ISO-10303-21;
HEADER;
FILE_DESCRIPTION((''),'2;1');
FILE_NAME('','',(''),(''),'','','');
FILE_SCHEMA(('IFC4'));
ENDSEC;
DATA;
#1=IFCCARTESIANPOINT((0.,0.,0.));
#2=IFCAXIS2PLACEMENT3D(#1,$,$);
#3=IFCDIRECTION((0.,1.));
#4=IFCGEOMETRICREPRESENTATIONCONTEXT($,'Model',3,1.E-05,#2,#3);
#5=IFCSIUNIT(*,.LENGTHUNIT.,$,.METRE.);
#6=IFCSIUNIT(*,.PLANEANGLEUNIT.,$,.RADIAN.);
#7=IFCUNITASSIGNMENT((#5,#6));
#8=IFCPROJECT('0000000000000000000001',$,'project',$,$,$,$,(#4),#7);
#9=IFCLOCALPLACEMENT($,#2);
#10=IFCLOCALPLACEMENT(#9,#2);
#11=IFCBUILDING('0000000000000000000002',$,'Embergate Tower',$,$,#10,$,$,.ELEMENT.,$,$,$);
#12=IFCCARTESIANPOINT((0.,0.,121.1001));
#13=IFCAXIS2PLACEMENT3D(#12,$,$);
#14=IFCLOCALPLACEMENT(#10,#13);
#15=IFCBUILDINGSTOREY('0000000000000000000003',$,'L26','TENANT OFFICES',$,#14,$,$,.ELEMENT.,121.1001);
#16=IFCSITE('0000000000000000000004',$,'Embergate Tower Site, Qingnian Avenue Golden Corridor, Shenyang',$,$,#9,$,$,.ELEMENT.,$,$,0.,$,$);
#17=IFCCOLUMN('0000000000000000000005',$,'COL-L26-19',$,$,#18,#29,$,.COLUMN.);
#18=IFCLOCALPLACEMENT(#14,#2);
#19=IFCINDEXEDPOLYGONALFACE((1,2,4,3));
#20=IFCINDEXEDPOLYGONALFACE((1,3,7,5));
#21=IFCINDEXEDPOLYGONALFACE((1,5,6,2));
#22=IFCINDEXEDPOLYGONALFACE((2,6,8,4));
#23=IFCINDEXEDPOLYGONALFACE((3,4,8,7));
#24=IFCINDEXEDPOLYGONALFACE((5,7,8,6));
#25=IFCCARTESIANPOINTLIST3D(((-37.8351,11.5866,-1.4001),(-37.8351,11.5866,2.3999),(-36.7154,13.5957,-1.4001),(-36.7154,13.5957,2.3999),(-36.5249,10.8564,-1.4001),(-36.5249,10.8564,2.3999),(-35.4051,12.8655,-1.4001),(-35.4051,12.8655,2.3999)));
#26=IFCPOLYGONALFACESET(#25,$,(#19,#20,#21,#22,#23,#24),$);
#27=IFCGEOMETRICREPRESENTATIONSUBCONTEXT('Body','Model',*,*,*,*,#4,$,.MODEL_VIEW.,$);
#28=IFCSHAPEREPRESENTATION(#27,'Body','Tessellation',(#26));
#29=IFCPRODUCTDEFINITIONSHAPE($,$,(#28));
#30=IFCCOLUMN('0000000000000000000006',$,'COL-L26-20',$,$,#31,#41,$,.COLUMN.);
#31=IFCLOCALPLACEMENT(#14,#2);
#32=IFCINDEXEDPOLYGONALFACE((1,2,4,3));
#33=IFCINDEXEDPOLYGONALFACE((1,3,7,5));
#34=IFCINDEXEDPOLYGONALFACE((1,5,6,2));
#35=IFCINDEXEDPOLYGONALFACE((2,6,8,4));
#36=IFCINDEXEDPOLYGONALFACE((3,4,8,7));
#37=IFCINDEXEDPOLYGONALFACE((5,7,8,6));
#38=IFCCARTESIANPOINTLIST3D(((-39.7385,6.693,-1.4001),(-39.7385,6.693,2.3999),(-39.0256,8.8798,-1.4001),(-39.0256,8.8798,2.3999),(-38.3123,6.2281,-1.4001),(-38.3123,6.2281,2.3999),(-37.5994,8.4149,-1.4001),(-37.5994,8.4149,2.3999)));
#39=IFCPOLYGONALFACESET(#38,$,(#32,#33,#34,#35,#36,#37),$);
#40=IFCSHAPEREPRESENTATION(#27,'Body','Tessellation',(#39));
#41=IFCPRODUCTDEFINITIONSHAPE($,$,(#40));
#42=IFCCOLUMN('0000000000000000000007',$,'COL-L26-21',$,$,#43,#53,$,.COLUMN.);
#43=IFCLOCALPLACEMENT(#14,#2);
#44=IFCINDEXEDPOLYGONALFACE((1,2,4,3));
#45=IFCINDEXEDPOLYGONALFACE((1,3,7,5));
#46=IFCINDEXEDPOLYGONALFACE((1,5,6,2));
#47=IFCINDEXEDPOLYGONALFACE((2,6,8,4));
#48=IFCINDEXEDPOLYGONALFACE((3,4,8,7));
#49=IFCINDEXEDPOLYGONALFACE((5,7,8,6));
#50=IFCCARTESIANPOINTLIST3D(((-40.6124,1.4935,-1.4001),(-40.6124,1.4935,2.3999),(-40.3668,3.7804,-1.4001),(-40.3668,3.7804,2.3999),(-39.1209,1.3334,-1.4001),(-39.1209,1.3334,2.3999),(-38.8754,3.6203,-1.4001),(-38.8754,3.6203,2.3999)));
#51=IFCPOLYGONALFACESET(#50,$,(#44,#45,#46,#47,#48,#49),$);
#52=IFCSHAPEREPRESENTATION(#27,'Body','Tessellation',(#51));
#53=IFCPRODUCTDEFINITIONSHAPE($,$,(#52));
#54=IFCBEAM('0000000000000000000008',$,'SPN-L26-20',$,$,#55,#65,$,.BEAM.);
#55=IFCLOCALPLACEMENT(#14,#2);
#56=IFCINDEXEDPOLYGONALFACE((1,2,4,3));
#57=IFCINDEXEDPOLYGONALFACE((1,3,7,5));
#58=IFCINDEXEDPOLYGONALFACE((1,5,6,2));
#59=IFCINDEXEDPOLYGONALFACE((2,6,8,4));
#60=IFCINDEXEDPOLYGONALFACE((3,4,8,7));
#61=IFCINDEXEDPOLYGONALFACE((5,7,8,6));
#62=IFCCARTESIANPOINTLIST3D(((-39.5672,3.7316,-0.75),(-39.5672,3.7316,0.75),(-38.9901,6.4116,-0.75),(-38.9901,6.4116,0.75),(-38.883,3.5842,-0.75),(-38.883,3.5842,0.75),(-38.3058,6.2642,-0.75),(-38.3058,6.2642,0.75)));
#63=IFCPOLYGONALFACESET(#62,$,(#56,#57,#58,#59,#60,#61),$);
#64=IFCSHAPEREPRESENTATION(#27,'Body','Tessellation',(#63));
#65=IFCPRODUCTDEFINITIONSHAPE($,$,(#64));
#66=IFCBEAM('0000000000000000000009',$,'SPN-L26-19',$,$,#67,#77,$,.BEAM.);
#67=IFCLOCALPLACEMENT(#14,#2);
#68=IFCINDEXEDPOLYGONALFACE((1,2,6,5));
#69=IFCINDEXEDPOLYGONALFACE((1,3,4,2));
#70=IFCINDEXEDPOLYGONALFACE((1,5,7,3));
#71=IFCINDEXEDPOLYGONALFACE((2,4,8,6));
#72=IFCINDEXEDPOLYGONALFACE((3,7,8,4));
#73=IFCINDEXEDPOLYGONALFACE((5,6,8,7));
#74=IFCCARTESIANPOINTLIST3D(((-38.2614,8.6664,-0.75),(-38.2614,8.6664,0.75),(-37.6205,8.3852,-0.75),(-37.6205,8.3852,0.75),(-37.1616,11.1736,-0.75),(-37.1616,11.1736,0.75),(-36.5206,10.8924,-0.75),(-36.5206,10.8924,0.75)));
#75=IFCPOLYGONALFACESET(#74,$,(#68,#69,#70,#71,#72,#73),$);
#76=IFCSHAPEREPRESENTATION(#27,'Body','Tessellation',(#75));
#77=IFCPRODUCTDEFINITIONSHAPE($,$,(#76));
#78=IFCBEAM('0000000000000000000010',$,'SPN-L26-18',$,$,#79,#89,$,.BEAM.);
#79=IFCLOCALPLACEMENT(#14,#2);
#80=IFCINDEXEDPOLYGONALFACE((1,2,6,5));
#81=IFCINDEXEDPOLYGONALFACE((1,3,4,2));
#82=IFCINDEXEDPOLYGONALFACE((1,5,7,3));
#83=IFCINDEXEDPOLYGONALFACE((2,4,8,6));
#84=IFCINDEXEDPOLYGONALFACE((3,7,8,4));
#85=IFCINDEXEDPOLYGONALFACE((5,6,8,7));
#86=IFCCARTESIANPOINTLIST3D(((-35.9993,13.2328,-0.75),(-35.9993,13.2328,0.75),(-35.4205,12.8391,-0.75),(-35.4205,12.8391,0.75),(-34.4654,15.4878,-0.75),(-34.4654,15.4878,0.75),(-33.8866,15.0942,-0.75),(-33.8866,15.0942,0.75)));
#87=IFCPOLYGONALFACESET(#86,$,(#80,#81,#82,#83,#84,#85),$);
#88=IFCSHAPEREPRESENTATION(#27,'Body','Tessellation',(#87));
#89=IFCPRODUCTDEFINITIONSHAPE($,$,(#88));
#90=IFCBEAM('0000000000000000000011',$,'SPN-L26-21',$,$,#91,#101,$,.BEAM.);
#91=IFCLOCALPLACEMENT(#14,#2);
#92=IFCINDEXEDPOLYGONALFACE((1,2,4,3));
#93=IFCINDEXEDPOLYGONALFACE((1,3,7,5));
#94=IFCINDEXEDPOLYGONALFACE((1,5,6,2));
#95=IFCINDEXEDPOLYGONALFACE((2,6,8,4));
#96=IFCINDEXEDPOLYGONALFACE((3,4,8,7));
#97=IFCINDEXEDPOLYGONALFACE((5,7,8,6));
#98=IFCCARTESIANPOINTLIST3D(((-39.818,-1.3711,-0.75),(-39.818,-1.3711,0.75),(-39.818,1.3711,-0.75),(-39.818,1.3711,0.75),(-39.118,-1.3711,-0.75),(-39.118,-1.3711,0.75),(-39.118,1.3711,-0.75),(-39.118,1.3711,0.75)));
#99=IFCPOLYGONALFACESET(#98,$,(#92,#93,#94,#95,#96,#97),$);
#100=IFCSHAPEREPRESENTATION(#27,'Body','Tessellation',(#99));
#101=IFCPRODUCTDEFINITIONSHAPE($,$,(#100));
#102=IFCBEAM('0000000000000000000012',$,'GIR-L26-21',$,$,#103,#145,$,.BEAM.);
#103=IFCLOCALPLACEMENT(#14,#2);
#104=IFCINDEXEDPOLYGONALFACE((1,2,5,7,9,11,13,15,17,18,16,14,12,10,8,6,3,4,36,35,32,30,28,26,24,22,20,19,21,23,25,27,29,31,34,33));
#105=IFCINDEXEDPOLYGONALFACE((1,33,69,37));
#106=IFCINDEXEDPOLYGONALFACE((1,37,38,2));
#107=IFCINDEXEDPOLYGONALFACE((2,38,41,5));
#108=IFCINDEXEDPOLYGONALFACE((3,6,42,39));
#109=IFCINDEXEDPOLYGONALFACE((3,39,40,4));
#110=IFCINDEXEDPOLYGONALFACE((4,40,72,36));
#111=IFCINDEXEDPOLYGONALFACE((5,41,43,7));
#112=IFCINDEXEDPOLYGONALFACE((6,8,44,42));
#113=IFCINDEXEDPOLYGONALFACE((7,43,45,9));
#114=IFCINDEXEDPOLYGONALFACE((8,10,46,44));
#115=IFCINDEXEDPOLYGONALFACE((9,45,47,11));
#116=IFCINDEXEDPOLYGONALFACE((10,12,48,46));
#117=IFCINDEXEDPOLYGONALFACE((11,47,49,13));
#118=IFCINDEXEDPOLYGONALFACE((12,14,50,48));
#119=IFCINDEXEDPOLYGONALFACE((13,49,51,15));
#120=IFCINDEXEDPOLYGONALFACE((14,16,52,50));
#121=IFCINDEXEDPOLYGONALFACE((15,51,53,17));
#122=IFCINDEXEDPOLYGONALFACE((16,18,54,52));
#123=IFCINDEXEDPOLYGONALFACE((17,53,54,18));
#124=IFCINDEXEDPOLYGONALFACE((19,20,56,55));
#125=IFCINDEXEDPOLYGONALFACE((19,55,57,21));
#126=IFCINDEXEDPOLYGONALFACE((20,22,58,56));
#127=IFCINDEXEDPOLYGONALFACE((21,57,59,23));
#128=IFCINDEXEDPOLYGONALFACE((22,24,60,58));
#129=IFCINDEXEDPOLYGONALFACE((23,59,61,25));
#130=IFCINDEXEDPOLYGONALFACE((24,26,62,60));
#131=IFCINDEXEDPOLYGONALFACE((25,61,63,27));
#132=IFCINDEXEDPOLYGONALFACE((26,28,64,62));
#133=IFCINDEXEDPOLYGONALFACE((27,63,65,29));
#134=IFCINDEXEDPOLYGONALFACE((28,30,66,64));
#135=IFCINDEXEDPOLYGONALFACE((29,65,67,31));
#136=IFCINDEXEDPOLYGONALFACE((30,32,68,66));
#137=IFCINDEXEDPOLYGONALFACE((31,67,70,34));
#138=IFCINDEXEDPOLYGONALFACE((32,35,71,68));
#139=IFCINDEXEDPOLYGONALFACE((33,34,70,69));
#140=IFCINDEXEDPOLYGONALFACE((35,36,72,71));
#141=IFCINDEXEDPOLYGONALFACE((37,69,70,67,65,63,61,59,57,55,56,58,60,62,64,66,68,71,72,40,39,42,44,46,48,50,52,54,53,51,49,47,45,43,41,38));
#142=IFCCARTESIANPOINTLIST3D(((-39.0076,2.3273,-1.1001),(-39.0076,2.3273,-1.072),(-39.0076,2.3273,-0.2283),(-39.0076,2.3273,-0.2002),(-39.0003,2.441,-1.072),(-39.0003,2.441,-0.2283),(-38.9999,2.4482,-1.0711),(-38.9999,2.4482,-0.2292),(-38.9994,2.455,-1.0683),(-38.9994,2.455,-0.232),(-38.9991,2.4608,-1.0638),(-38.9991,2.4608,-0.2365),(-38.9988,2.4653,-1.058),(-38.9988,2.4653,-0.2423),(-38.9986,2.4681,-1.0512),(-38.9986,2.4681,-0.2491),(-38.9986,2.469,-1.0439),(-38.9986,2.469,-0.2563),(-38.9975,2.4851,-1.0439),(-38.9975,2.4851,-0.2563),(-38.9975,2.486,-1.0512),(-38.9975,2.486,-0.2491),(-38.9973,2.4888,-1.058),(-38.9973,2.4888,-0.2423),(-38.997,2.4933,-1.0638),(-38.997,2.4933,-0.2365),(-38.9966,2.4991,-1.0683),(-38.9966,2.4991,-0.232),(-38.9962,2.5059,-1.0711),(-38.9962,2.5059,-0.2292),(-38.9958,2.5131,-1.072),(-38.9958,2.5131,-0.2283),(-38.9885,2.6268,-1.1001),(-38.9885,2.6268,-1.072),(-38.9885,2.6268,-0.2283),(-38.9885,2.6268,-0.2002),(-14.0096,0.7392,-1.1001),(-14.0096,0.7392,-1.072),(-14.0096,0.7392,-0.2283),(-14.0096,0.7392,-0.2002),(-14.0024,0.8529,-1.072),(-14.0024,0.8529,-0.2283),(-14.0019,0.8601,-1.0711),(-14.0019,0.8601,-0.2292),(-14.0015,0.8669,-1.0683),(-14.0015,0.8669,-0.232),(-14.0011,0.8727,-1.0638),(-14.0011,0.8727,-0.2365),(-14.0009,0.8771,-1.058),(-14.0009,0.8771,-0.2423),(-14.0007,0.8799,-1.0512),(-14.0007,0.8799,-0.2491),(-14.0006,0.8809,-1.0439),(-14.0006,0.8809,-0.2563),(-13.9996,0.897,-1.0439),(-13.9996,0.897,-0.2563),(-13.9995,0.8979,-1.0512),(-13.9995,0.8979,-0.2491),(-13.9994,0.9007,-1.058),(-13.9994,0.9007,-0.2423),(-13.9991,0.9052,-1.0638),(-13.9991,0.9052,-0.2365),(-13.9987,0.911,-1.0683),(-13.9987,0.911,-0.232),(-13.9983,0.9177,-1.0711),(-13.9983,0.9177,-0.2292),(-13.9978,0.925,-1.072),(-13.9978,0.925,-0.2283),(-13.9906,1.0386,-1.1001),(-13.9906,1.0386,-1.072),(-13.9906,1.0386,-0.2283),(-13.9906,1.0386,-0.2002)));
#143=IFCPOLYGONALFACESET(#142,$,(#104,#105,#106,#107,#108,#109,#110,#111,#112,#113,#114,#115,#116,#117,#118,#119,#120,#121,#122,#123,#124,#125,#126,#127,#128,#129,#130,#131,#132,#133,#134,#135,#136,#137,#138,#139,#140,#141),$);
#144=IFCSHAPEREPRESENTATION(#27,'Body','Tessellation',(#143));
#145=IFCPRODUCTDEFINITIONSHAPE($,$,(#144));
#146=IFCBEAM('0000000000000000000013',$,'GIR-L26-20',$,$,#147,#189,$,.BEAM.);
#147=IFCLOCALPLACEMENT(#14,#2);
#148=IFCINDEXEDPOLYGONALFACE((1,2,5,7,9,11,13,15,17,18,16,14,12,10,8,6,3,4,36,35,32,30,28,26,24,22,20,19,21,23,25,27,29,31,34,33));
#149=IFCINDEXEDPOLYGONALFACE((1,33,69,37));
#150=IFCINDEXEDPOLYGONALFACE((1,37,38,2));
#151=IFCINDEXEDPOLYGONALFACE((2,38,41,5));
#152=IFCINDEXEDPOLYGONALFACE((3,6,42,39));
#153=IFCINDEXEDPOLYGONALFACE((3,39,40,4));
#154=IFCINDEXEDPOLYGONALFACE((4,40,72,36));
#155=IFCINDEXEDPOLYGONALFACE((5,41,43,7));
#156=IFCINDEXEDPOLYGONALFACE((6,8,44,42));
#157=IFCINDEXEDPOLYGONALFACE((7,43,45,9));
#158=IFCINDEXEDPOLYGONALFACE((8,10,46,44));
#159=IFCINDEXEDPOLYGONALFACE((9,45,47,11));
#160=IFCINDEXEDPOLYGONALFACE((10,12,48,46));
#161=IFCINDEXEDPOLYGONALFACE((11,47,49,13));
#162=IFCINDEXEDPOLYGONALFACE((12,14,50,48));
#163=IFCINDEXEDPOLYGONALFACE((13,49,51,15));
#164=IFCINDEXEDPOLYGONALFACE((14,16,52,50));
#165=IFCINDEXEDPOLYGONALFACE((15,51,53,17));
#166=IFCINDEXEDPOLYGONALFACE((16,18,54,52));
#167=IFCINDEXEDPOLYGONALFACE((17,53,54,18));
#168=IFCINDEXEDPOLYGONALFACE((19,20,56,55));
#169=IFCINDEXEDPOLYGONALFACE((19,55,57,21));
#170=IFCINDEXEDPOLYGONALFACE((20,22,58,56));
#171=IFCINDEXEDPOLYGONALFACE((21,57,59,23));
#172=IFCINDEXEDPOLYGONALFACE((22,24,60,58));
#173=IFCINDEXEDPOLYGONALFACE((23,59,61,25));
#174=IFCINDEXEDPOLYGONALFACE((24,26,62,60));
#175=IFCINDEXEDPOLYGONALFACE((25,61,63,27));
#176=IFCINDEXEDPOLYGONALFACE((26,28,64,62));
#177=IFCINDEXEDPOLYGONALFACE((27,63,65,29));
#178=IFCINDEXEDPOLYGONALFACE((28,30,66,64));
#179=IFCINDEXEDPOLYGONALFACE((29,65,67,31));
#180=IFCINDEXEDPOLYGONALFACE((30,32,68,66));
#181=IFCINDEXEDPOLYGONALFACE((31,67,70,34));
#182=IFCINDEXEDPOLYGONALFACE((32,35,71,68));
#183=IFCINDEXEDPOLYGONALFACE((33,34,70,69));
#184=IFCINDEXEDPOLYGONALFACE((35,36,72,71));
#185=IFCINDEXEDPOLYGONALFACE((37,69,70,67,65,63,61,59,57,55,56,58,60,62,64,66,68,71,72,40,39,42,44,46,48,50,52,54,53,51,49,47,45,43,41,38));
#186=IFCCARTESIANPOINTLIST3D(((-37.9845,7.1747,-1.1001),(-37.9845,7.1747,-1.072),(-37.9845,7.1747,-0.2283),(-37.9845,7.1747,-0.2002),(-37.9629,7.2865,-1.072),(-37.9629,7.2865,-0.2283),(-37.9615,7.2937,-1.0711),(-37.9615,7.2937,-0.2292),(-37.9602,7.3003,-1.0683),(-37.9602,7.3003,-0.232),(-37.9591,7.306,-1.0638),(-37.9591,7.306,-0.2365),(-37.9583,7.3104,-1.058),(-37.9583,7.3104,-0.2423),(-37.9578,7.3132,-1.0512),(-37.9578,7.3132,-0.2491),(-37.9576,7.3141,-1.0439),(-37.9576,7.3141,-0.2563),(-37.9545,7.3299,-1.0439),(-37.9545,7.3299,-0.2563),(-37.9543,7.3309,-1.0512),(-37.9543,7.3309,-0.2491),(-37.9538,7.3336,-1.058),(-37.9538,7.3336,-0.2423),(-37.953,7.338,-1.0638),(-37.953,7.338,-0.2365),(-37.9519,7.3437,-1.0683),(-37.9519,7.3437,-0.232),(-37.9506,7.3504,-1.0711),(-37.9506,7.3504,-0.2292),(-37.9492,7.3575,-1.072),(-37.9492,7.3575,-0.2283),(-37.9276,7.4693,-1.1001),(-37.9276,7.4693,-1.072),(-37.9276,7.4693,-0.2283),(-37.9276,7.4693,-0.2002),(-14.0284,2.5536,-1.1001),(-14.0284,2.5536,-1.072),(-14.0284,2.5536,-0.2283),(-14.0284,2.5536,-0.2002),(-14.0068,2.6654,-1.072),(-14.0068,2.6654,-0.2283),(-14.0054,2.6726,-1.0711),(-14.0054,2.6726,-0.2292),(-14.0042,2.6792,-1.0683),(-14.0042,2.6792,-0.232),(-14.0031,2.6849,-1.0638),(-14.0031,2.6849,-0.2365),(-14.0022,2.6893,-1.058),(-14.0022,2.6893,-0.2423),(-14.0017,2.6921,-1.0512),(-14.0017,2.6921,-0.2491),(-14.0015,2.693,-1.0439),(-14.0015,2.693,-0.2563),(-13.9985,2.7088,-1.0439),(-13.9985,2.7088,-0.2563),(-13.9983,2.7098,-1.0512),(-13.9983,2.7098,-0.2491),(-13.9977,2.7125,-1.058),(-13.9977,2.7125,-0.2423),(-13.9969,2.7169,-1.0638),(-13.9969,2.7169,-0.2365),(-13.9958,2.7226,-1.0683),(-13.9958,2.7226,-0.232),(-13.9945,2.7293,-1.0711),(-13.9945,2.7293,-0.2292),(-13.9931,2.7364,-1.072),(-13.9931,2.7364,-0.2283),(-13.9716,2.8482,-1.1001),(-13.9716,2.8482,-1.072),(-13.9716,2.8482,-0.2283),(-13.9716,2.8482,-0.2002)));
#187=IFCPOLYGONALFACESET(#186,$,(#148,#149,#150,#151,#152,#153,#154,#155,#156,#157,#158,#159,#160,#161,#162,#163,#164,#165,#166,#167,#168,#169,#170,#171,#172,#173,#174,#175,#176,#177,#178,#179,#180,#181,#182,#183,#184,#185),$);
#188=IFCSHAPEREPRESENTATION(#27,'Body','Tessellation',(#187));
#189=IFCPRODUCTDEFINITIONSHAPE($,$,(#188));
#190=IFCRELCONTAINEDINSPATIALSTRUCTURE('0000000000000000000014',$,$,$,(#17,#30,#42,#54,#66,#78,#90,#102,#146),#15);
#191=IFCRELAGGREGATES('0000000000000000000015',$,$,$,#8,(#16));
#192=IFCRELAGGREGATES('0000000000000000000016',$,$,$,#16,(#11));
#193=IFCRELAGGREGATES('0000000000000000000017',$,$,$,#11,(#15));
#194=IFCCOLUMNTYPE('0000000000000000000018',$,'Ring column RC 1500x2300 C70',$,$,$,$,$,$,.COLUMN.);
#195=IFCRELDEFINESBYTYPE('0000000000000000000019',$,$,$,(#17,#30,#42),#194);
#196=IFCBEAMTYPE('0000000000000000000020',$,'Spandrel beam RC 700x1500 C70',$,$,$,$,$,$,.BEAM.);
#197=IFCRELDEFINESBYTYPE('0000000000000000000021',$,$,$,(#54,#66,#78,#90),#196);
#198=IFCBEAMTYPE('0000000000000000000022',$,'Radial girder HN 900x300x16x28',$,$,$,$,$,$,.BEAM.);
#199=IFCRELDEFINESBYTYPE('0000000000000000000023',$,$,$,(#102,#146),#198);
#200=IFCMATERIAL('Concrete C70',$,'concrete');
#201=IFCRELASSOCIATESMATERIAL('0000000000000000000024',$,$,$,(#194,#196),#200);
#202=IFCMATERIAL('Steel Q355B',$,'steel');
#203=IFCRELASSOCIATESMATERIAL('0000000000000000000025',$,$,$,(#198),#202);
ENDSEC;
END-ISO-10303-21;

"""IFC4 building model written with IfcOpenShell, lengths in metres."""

from ifc_helpers import new_model, si_unit, direction, frame, origin, origin_2d, place, context, subcontext, project, spatial, rectangle, i_section, extrude, source, transform, mapped, material, material_profile, profile_set, type_object, element, save


model = new_model("IFC4")

# Units and contexts
model_context = context("Model", 3, precision=1e-05, world=origin(), true_north=direction((0.0, 1.0)))
body_context = subcontext(model_context, "Body", "Model", "MODEL_VIEW")
ifc_project = project(units=[si_unit("LENGTHUNIT", "METRE"), si_unit("PLANEANGLEUNIT", "RADIAN")], contexts=[model_context])

# Site, building, storey
site_placement = place(None, origin())
site = spatial("IfcSite", under=ifc_project, at=site_placement, Name="Embergate Tower Site, Qingnian Avenue Golden Corridor, Shenyang", CompositionType="ELEMENT", RefElevation=0.0)
building_placement = place(site_placement, origin())
building = spatial("IfcBuilding", under=site, at=building_placement, Name="Embergate Tower", CompositionType="ELEMENT")
storey_placement = place(building_placement, frame((0.0, 0.0, 121.1001)))
storey = spatial("IfcBuildingStorey", under=building, at=storey_placement, Name="L26", Description="TENANT OFFICES", CompositionType="ELEMENT", Elevation=121.1001)

# Columns
ifc_material_1 = material(Name="Concrete C70", Category="concrete")
ifc_material_profile_1 = material_profile(ifc_material_1, rectangle(XDim=1.5, YDim=2.3, at=origin_2d()), Name="RC 1500x2300")
ifc_profile_set_1 = profile_set([ifc_material_profile_1], Name="Concrete C70")
column_type = type_object("IfcColumnType", Name="Ring column RC 1500x2300 C70", PredefinedType="COLUMN", material=ifc_profile_set_1)
shared_shape_1 = source(origin(), body_context, "Body", "SweptSolid", [
    extrude(rectangle(XDim=1.5, YDim=2.3, at=origin_2d()), origin(), (0.0, 0.0, 1.0), 3.8),
])
for number, where, z_axis, x_axis, name in (
    (1, (-36.6201, 12.2261, -1.4001), (0.0, 0.0, 1.0), (-0.8735, 0.486823, 0.0), "COL-L26-19"),
    (2, (-38.6689, 7.554, -1.4001), (0.0, 0.0, 1.0), (-0.950754, 0.309946, 0.0), "COL-L26-20"),
    (3, (-39.7439, 2.5569, -1.4001), (0.0, 0.0, 1.0), (-0.994286, 0.10675, 0.0), "COL-L26-21"),
):
    element("IfcColumn", number, at=place(storey_placement, frame(where, z_axis=z_axis, x_axis=x_axis)), inside=storey, type_object=column_type, Name=name, PredefinedType="COLUMN", context=body_context, shape_type="MappedRepresentation", body=[
        mapped(shared_shape_1, transform((0.0, 0.0, 0.0))),
    ])

# Beams
ifc_material_profile_2 = material_profile(ifc_material_1, rectangle(XDim=0.7, YDim=1.5, at=origin_2d()), Name="RC 700x1500")
ifc_profile_set_2 = profile_set([ifc_material_profile_2], Name="Concrete C70")
beam_type_1 = type_object("IfcBeamType", Name="Spandrel beam RC 700x1500 C70", PredefinedType="BEAM", material=ifc_profile_set_2)
shared_shape_2 = source(origin(), body_context, "Body", "SweptSolid", [
    extrude(rectangle(XDim=0.7, YDim=1.5, at=origin_2d()), origin(), (0.0, 0.0, 1.0), 2.7415),
])
beam_1_placement = place(storey_placement, frame((-38.6479, 6.3379, 0.0), z_axis=(-0.210533, -0.977587, 0.0), x_axis=(0.977587, -0.210533, 0.0)))
element("IfcBeam", 4, at=beam_1_placement, inside=storey, type_object=beam_type_1, Name="SPN-L26-20", PredefinedType="BEAM", context=body_context, shape_type="MappedRepresentation", body=[
    mapped(shared_shape_2, transform((0.0, 0.0, 0.0))),
])
shared_shape_3 = source(origin(), body_context, "Body", "SweptSolid", [
    extrude(rectangle(XDim=0.7, YDim=1.5, at=origin_2d()), origin(), (0.0, 0.0, 1.0), 2.7378),
])
beam_2_placement = place(storey_placement, frame((-36.8411, 11.033, 0.0), z_axis=(-0.40174, -0.915754, 0.0), x_axis=(0.915754, -0.40174, 0.0)))
element("IfcBeam", 5, at=beam_2_placement, inside=storey, type_object=beam_type_1, Name="SPN-L26-19", PredefinedType="BEAM", context=body_context, shape_type="MappedRepresentation", body=[
    mapped(shared_shape_3, transform((0.0, 0.0, 0.0))),
])
shared_shape_4 = source(origin(), body_context, "Body", "SweptSolid", [
    extrude(rectangle(XDim=0.7, YDim=1.5, at=origin_2d()), origin(), (0.0, 0.0, 1.0), 2.7273),
])
beam_3_placement = place(storey_placement, frame((-34.176, 15.291, 0.0), z_axis=(-0.562423, -0.82685, 0.0), x_axis=(0.82685, -0.562423, 0.0)))
element("IfcBeam", 6, at=beam_3_placement, inside=storey, type_object=beam_type_1, Name="SPN-L26-18", PredefinedType="BEAM", context=body_context, shape_type="MappedRepresentation", body=[
    mapped(shared_shape_4, transform((0.0, 0.0, 0.0))),
])
shared_shape_5 = source(origin(), body_context, "Body", "SweptSolid", [
    extrude(rectangle(XDim=0.7, YDim=1.5, at=origin_2d()), origin(), (0.0, 0.0, 1.0), 2.7422),
])
beam_4_placement = place(storey_placement, frame((-39.468, 1.3711, 0.0), z_axis=(0.0, -1.0, 0.0), x_axis=(1.0, 0.0, 0.0)))
element("IfcBeam", 7, at=beam_4_placement, inside=storey, type_object=beam_type_1, Name="SPN-L26-21", PredefinedType="BEAM", context=body_context, shape_type="MappedRepresentation", body=[
    mapped(shared_shape_5, transform((0.0, 0.0, 0.0))),
])
ifc_material_2 = material(Name="Steel Q355B", Category="steel")
ifc_material_profile_3 = material_profile(ifc_material_2, i_section(OverallWidth=0.3, OverallDepth=0.8999, WebThickness=0.0161, FlangeThickness=0.0281, FilletRadius=0.0281, at=origin_2d()), Name="HN 900x300x16x28")
ifc_profile_set_3 = profile_set([ifc_material_profile_3], Name="Steel Q355 grade B")
beam_type_2 = type_object("IfcBeamType", Name="Radial girder HN 900x300x16x28", PredefinedType="BEAM", material=ifc_profile_set_3)
shared_shape_6 = source(origin(), body_context, "Body", "SweptSolid", [
    extrude(i_section(OverallWidth=0.3, OverallDepth=0.8999, WebThickness=0.0161, FlangeThickness=0.0281, FilletRadius=0.0281, at=origin_2d()), origin(), (0.0, 0.0, 1.0), 25.0483),
])
beam_5_placement = place(storey_placement, frame((-38.998, 2.4771, -0.6501), z_axis=(0.997988, -0.063403, 0.0), x_axis=(0.063403, 0.997988, 0.0)))
element("IfcBeam", 8, at=beam_5_placement, inside=storey, type_object=beam_type_2, Name="GIR-L26-21", PredefinedType="BEAM", context=body_context, shape_type="MappedRepresentation", body=[
    mapped(shared_shape_6, transform((0.0, 0.0, 0.0))),
])
shared_shape_7 = source(origin(), body_context, "Body", "SweptSolid", [
    extrude(i_section(OverallWidth=0.3, OverallDepth=0.8999, WebThickness=0.0161, FlangeThickness=0.0281, FilletRadius=0.0281, at=origin_2d()), origin(), (0.0, 0.0, 1.0), 24.3977),
])
beam_6_placement = place(storey_placement, frame((-37.9561, 7.322, -0.6501), z_axis=(0.981899, -0.189407, 0.0), x_axis=(0.189407, 0.981899, 0.0)))
element("IfcBeam", 9, at=beam_6_placement, inside=storey, type_object=beam_type_2, Name="GIR-L26-20", PredefinedType="BEAM", context=body_context, shape_type="MappedRepresentation", body=[
    mapped(shared_shape_7, transform((0.0, 0.0, 0.0))),
])

save(model, "model.ifc")
